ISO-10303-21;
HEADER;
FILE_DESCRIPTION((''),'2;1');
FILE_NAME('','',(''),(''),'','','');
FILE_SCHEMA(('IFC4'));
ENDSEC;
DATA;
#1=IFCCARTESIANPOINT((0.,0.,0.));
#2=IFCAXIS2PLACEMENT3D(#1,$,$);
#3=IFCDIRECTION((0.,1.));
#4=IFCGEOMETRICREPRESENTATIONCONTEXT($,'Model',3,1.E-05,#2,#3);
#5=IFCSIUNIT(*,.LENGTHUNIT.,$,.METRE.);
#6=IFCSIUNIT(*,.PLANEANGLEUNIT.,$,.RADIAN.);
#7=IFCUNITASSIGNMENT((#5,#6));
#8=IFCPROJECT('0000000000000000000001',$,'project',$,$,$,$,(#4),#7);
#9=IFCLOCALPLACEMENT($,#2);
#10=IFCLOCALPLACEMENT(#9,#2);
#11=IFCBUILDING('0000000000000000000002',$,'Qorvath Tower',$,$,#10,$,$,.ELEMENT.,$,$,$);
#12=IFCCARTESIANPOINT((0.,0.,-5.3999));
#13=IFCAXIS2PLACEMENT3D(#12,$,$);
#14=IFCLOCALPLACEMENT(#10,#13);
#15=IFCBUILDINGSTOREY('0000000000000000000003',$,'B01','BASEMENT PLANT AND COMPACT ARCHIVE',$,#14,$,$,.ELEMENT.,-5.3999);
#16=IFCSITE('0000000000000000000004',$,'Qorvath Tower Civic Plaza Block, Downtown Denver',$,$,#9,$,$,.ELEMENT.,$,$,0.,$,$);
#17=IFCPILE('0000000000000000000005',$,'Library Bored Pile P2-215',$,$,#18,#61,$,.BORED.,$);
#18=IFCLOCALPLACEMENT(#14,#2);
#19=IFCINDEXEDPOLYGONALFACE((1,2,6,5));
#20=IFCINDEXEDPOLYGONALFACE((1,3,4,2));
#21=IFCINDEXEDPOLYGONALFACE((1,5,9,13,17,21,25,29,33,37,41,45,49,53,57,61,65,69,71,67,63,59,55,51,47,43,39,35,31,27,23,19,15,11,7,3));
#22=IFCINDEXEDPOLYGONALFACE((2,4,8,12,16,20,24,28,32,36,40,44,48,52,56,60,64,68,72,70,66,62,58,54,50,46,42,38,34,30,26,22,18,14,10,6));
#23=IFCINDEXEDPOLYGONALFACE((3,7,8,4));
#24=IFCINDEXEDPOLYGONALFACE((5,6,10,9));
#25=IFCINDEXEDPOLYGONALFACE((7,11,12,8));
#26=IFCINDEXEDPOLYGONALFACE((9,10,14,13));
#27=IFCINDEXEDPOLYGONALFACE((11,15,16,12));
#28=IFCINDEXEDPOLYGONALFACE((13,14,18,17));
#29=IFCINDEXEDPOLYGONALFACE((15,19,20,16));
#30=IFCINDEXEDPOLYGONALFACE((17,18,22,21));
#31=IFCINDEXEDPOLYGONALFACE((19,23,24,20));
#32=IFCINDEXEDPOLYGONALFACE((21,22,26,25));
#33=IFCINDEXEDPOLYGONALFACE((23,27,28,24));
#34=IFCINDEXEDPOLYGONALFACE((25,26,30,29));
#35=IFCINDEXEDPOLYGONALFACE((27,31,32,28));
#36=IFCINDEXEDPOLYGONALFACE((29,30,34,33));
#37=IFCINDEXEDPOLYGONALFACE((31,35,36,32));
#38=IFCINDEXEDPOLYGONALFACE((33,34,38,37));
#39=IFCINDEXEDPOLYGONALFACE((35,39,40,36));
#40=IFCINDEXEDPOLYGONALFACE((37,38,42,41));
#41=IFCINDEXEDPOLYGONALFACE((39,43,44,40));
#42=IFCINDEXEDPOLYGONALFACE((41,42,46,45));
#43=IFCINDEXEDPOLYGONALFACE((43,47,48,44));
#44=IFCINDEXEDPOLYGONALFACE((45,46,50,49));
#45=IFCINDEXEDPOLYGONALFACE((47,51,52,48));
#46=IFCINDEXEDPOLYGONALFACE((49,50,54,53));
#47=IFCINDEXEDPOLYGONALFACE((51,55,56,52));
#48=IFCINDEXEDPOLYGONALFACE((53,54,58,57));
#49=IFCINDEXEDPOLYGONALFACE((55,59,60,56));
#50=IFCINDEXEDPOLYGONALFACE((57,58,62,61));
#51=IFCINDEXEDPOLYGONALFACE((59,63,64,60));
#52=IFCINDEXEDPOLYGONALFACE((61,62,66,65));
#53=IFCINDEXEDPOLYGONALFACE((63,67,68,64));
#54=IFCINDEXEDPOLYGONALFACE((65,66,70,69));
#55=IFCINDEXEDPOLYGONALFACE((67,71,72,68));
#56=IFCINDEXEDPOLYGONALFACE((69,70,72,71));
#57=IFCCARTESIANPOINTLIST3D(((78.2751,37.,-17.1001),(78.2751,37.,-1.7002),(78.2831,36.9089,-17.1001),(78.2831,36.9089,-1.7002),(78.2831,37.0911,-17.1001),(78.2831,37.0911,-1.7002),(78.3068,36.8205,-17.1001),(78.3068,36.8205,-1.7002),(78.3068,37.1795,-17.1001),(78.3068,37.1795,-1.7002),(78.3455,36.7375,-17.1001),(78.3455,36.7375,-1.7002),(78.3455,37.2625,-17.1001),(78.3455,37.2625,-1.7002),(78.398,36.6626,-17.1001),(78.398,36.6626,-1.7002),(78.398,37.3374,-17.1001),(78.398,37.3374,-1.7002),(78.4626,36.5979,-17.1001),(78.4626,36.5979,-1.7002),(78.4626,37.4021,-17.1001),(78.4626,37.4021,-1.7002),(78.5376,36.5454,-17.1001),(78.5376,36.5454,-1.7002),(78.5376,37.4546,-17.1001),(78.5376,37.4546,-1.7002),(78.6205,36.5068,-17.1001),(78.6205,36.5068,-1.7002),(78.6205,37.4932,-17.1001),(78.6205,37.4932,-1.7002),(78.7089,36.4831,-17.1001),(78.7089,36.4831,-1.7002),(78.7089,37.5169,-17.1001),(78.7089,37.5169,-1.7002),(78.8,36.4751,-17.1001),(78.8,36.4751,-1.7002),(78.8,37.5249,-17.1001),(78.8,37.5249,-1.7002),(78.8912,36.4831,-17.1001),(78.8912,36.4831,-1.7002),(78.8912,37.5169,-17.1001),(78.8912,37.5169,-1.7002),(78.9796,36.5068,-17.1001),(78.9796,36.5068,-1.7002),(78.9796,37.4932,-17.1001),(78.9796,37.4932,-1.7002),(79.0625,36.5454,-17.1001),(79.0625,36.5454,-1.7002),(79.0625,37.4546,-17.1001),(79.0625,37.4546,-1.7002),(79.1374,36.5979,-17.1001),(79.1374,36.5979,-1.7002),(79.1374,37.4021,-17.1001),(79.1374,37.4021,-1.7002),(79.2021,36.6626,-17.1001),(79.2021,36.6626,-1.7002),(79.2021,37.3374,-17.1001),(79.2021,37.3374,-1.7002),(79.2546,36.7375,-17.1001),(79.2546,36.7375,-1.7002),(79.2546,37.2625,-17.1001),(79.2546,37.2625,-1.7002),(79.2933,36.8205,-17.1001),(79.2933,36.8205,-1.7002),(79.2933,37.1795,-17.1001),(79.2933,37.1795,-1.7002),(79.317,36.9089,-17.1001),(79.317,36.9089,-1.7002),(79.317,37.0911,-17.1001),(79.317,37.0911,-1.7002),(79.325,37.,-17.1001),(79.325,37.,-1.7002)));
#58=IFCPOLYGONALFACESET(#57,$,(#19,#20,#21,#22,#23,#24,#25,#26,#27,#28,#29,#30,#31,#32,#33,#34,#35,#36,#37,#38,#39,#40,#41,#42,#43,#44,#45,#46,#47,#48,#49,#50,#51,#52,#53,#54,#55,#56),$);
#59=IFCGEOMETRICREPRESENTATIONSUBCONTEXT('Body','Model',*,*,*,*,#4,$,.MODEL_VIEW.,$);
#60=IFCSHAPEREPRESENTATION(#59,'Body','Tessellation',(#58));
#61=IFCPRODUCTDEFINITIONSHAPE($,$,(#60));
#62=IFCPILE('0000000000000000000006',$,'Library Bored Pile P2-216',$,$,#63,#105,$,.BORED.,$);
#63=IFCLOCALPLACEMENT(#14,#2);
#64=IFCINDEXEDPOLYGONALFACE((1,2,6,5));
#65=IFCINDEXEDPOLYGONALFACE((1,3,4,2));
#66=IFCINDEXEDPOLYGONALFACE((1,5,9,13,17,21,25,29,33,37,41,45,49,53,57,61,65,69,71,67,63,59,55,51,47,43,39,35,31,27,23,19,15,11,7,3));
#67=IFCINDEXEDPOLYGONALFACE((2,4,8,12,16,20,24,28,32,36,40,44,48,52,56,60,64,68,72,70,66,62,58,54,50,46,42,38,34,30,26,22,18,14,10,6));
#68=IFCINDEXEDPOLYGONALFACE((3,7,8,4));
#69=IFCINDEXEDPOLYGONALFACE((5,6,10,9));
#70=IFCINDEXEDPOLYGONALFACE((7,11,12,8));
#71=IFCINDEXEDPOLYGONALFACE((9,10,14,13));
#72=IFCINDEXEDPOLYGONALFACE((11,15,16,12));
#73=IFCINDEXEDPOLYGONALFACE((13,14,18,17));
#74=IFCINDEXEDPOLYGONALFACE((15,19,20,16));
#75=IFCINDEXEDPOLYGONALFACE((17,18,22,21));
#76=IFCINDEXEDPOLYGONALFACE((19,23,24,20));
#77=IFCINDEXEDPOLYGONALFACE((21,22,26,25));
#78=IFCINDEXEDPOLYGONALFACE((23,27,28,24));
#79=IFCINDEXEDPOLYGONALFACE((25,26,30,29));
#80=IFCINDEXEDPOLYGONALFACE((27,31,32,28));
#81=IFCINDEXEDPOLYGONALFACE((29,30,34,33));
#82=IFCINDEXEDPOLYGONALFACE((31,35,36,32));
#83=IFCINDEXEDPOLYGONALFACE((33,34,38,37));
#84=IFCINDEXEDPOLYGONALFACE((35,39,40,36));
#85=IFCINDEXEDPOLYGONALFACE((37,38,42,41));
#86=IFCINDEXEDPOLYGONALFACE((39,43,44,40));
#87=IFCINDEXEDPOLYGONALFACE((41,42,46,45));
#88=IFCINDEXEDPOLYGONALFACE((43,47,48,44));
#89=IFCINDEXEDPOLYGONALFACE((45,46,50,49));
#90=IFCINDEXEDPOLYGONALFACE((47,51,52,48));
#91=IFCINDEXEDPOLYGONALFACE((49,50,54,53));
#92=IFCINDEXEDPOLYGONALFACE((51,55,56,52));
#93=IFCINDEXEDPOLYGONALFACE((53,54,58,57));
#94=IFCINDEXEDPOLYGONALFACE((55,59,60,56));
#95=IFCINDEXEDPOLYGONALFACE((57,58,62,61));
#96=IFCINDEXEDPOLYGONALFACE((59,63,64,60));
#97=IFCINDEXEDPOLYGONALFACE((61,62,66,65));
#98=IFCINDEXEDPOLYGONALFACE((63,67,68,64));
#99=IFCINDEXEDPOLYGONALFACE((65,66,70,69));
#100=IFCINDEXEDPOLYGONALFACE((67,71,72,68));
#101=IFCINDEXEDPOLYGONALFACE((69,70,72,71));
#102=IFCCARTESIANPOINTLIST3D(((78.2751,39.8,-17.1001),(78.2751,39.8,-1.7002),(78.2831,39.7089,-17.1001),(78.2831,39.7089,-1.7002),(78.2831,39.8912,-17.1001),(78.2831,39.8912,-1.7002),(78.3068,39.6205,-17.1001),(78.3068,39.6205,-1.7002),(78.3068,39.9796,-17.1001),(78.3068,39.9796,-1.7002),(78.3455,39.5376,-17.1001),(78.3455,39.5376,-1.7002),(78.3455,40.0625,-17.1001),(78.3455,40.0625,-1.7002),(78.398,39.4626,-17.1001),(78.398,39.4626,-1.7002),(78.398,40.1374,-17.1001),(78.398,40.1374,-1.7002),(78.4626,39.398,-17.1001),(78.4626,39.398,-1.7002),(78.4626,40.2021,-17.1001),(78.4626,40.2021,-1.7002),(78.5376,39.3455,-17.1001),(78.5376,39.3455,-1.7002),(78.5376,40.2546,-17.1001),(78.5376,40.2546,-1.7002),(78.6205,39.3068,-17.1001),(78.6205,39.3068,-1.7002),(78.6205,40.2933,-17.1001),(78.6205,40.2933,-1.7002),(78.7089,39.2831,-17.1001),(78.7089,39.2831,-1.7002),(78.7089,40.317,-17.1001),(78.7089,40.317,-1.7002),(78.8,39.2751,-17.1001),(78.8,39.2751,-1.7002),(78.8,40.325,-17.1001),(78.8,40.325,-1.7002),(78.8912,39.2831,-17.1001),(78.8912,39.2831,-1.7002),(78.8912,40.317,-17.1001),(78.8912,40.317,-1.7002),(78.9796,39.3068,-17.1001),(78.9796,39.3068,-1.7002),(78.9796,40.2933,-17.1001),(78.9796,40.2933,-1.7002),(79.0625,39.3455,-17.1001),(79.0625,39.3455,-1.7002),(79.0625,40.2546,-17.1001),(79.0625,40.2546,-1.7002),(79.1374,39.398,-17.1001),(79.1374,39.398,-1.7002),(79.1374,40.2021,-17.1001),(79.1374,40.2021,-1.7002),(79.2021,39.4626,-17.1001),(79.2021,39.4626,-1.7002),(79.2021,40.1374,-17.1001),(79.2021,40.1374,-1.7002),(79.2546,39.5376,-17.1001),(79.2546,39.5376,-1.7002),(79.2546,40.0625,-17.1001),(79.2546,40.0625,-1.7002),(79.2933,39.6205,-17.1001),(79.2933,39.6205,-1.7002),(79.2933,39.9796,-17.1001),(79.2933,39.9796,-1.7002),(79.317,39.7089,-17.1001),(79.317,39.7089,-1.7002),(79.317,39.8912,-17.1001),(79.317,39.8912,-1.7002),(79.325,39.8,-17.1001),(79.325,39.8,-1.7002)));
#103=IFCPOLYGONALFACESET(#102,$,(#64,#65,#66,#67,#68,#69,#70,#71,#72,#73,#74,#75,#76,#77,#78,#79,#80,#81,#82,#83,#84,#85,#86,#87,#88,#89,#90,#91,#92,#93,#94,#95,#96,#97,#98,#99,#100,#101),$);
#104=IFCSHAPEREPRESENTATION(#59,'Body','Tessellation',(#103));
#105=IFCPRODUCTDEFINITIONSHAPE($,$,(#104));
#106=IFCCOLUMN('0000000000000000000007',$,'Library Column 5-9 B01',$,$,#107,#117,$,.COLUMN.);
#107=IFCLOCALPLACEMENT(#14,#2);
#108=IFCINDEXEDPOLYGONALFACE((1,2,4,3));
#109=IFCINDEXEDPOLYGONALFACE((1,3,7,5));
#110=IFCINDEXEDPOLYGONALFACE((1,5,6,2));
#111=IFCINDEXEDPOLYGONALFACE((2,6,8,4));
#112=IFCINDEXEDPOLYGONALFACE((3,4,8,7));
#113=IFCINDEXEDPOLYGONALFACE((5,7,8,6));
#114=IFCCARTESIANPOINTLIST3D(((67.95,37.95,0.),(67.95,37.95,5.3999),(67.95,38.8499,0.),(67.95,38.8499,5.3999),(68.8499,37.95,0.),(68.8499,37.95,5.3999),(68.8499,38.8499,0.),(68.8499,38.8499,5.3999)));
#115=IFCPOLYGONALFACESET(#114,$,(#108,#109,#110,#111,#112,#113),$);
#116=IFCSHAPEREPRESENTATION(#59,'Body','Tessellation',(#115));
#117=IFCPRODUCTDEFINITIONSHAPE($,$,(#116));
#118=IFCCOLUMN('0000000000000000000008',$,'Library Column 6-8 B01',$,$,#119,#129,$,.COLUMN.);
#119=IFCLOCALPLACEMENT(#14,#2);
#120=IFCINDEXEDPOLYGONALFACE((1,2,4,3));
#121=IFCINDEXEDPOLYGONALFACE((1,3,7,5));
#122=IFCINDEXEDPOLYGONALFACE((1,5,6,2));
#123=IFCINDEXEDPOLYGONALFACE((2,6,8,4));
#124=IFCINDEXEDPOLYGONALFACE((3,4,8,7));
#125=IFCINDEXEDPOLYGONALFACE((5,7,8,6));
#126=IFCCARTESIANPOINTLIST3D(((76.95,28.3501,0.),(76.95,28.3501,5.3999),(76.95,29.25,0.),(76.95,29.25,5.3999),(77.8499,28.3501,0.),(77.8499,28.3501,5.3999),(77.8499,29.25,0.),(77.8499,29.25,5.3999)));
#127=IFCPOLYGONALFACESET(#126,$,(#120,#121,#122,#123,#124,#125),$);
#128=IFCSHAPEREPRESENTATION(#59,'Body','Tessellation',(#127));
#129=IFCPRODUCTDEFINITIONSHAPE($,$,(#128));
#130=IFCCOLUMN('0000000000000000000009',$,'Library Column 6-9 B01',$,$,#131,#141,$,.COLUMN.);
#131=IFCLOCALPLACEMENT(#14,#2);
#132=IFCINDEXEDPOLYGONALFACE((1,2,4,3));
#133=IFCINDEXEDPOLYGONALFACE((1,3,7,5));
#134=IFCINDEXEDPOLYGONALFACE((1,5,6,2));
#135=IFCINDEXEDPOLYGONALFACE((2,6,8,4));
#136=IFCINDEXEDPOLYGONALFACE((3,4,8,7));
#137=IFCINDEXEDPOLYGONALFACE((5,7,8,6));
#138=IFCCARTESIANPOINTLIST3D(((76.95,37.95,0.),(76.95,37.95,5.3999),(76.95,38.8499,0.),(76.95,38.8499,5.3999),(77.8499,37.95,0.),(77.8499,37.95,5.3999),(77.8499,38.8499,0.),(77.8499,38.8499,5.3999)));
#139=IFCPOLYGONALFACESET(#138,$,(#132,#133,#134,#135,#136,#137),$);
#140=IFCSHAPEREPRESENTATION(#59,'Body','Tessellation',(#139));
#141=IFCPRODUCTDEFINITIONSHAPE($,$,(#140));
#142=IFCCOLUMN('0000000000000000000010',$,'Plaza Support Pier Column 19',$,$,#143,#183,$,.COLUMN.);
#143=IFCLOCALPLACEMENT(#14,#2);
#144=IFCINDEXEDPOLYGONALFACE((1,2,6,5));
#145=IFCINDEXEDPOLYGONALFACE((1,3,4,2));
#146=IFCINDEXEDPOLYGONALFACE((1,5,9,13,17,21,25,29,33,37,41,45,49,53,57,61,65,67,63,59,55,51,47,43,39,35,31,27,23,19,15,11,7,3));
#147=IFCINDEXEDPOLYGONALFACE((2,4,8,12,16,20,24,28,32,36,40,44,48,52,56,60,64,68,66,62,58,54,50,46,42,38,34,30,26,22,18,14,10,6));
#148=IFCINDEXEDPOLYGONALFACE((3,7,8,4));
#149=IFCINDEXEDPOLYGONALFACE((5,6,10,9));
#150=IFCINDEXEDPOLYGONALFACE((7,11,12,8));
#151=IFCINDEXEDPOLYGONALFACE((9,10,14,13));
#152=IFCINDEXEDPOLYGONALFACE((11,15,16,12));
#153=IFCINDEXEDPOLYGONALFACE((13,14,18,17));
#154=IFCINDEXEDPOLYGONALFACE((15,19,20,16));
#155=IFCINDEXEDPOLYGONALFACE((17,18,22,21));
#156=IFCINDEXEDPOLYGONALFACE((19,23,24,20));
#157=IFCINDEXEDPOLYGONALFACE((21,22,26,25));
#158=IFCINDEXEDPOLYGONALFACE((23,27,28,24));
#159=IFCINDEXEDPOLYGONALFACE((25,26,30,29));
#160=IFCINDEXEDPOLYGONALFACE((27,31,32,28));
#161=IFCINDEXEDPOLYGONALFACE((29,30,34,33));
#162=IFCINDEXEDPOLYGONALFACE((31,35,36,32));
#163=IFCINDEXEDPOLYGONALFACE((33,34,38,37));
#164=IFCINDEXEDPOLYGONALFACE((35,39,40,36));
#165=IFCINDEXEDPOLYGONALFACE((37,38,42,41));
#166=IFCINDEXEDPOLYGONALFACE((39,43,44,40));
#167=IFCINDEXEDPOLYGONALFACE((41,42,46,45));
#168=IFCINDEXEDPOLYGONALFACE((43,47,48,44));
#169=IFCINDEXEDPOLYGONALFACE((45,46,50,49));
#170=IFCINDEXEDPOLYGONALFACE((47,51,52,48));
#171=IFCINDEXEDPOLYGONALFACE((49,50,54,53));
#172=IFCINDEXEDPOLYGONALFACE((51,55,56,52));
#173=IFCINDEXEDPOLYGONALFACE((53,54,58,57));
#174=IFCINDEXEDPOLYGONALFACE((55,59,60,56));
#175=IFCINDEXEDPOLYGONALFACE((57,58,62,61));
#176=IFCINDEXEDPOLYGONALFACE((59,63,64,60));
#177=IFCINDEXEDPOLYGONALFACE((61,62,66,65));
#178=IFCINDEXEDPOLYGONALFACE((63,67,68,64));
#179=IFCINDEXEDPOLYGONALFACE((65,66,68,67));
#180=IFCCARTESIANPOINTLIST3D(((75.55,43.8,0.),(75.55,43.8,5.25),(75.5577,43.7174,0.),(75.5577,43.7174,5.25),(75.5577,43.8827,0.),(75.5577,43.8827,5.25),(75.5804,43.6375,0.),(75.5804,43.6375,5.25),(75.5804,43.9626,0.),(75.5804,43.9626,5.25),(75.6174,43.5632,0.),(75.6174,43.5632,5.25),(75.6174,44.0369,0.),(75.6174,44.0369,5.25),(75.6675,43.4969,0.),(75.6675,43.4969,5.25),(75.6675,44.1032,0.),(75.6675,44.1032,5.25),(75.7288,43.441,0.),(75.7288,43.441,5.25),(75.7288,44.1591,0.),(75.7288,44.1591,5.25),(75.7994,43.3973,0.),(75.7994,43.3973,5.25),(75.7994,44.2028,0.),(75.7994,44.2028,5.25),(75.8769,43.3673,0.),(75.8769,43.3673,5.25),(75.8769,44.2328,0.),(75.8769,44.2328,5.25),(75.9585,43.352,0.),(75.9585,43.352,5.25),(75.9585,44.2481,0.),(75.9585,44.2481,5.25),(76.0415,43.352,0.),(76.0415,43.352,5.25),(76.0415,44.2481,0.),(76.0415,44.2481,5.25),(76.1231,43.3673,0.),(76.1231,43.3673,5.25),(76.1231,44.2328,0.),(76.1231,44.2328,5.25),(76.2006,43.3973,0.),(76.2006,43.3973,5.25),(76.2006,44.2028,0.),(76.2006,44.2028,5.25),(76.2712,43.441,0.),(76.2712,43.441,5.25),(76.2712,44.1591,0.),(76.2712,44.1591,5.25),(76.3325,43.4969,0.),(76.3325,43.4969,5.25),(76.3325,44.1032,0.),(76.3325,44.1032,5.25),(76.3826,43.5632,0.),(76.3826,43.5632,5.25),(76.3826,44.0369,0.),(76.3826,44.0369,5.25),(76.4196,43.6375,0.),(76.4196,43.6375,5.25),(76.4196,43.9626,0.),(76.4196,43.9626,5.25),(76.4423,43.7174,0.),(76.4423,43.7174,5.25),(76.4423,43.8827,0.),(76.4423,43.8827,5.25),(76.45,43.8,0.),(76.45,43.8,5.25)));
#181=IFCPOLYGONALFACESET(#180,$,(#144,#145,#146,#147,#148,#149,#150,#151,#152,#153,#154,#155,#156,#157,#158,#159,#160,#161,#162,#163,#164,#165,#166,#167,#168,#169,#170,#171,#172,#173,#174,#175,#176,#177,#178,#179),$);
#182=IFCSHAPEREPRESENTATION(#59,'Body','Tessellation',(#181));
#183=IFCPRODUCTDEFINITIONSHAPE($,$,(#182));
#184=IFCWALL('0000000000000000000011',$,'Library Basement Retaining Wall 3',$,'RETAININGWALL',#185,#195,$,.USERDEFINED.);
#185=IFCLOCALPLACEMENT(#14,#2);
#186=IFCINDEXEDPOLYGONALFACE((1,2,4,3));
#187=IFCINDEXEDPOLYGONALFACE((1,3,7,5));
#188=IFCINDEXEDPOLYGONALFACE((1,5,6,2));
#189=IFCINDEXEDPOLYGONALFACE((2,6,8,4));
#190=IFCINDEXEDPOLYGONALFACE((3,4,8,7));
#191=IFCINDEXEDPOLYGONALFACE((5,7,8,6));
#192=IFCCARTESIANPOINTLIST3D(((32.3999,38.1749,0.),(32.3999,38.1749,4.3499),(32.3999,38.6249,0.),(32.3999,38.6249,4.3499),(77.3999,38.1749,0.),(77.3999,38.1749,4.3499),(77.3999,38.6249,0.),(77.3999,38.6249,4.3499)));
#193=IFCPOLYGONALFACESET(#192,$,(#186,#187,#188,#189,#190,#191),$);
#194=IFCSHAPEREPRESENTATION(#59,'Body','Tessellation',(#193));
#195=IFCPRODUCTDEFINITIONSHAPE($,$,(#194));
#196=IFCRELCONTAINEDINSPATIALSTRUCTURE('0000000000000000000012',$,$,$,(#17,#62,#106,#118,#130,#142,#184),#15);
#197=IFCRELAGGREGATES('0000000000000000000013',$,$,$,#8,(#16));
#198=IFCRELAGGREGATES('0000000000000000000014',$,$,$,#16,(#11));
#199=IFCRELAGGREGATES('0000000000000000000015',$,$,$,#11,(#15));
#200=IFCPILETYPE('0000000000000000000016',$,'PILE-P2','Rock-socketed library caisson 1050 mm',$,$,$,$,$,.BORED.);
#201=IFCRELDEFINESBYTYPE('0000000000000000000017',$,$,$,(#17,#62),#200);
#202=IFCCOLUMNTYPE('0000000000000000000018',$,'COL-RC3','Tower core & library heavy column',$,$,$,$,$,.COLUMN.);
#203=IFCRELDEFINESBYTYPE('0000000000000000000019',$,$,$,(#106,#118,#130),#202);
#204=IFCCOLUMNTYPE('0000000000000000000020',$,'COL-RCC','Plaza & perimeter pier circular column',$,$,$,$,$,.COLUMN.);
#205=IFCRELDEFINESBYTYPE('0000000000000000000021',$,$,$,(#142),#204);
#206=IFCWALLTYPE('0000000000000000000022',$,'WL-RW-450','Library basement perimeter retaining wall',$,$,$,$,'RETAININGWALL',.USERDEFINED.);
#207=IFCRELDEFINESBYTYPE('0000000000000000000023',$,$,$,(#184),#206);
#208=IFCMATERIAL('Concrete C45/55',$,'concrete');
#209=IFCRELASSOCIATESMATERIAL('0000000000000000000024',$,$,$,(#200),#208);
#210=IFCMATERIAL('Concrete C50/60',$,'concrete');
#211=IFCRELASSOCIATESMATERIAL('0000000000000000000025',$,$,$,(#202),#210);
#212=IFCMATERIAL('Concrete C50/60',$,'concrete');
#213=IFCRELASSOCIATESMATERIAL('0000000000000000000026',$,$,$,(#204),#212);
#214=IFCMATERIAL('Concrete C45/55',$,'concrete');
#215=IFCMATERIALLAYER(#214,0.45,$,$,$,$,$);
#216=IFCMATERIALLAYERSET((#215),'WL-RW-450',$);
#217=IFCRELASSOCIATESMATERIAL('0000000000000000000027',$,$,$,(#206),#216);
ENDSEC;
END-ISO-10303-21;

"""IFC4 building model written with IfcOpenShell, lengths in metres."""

from ifc_helpers import new_model, si_unit, direction, frame, frame_2d, origin, origin_2d, place, context, subcontext, project, spatial, rectangle, circle, extrude, material, layer, layer_set, material_profile, profile_set, type_object, element, save


model = new_model("IFC4")

# Units and contexts
model_context = context("Model", 3, precision=1e-05, world=origin(), true_north=direction((0.0, 1.0)))
body_context = subcontext(model_context, "Body", "Model", "MODEL_VIEW")
ifc_project = project(units=[si_unit("LENGTHUNIT", "METRE"), si_unit("PLANEANGLEUNIT", "RADIAN")], contexts=[model_context])

# Site, building, storey
site_placement = place(None, origin())
site = spatial("IfcSite", under=ifc_project, at=site_placement, Name="Qorvath Tower Civic Plaza Block, Downtown Denver", CompositionType="ELEMENT", RefElevation=0.0)
building_placement = place(site_placement, origin())
building = spatial("IfcBuilding", under=site, at=building_placement, Name="Qorvath Tower", CompositionType="ELEMENT")
storey_placement = place(building_placement, frame((0.0, 0.0, -5.3999)))
storey = spatial("IfcBuildingStorey", under=building, at=storey_placement, Name="B01", Description="BASEMENT PLANT AND COMPACT ARCHIVE", CompositionType="ELEMENT", Elevation=-5.3999)

# Piles
ifc_material_1 = material(Name="Concrete C45/55", Category="concrete")
ifc_material_profile_1 = material_profile(ifc_material_1, circle(Radius=0.5249, at=origin_2d()), Name="BORED PILE 1050")
ifc_profile_set_1 = profile_set([ifc_material_profile_1], Name="Concrete C45/55")
pile_type = type_object("IfcPileType", Name="PILE-P2", Description="Rock-socketed library caisson 1050 mm", PredefinedType="BORED", material=ifc_profile_set_1)
for number, where, z_axis, x_axis, name in (
    (1, (78.8, 37.0, -1.7002), (0.0, 0.0, -1.0), (1.0, 0.0, 0.0), "Library Bored Pile P2-215"),
    (2, (78.8, 39.8, -1.7002), (0.0, 0.0, -1.0), (1.0, 0.0, 0.0), "Library Bored Pile P2-216"),
):
    element("IfcPile", number, at=place(storey_placement, frame(where, z_axis=z_axis, x_axis=x_axis)), inside=storey, type_object=pile_type, Name=name, PredefinedType="BORED", context=body_context, shape_type="SweptSolid", body=[
        extrude(circle(Radius=0.5249, at=origin_2d()), origin(), (0.0, 0.0, 1.0), 15.3999),
    ])

# Columns
ifc_material_2 = material(Name="Concrete C50/60", Category="concrete")
ifc_material_profile_2 = material_profile(ifc_material_2, rectangle(XDim=0.8999, YDim=0.8999, at=origin_2d()), Name="RC 900x900")
ifc_profile_set_2 = profile_set([ifc_material_profile_2], Name="Concrete C50/60")
column_type_1 = type_object("IfcColumnType", Name="COL-RC3", Description="Tower core & library heavy column", PredefinedType="COLUMN", material=ifc_profile_set_2)
for number, where, z_axis, x_axis, name in (
    (3, (68.3999, 38.3999, 0.0), (0.0, 0.0, 1.0), (1.0, 0.0, 0.0), "Library Column 5-9 B01"),
    (4, (77.3999, 28.8, 0.0), (0.0, 0.0, 1.0), (1.0, 0.0, 0.0), "Library Column 6-8 B01"),
    (5, (77.3999, 38.3999, 0.0), (0.0, 0.0, 1.0), (1.0, 0.0, 0.0), "Library Column 6-9 B01"),
):
    element("IfcColumn", number, at=place(storey_placement, frame(where, z_axis=z_axis, x_axis=x_axis)), inside=storey, type_object=column_type_1, Name=name, PredefinedType="COLUMN", context=body_context, shape_type="SweptSolid", body=[
        extrude(rectangle(XDim=0.8999, YDim=0.8999, at=origin_2d()), origin(), (0.0, 0.0, 1.0), 5.3999),
    ])
ifc_material_3 = material(Name="Concrete C50/60", Category="concrete")
ifc_material_profile_3 = material_profile(ifc_material_3, circle(Radius=0.45, at=origin_2d()), Name="RCC 900")
ifc_profile_set_3 = profile_set([ifc_material_profile_3], Name="Concrete C50/60")
column_type_2 = type_object("IfcColumnType", Name="COL-RCC", Description="Plaza & perimeter pier circular column", PredefinedType="COLUMN", material=ifc_profile_set_3)
column_placement = place(storey_placement, frame((76.0, 43.8, 0.0), z_axis=(0.0, 0.0, 1.0), x_axis=(1.0, 0.0, 0.0)))
element("IfcColumn", 6, at=column_placement, inside=storey, type_object=column_type_2, Name="Plaza Support Pier Column 19", PredefinedType="COLUMN", context=body_context, shape_type="SweptSolid", body=[
    extrude(circle(Radius=0.45, at=origin_2d()), origin(), (0.0, 0.0, 1.0), 5.25),
])

# Wall
ifc_material_4 = material(Name="Concrete C45/55", Category="concrete")
ifc_layer_1 = layer(ifc_material_4, 0.45)
ifc_layer_set_1 = layer_set([ifc_layer_1], Name="WL-RW-450")
wall_type = type_object("IfcWallType", Name="WL-RW-450", Description="Library basement perimeter retaining wall", ElementType="RETAININGWALL", PredefinedType="USERDEFINED", material=ifc_layer_set_1)
wall_placement = place(storey_placement, frame((77.3999, 38.3999, 0.0), z_axis=(0.0, 0.0, 1.0), x_axis=(-1.0, 0.0, 0.0)))
element("IfcWall", 7, at=wall_placement, inside=storey, type_object=wall_type, Name="Library Basement Retaining Wall 3", ObjectType="RETAININGWALL", PredefinedType="USERDEFINED", context=body_context, shape_type="SweptSolid", body=[
    extrude(rectangle(XDim=45.0, YDim=0.45, at=frame_2d((22.5, 0.0))), origin(), (0.0, 0.0, 1.0), 4.3499),
])

save(model, "model.ifc")
